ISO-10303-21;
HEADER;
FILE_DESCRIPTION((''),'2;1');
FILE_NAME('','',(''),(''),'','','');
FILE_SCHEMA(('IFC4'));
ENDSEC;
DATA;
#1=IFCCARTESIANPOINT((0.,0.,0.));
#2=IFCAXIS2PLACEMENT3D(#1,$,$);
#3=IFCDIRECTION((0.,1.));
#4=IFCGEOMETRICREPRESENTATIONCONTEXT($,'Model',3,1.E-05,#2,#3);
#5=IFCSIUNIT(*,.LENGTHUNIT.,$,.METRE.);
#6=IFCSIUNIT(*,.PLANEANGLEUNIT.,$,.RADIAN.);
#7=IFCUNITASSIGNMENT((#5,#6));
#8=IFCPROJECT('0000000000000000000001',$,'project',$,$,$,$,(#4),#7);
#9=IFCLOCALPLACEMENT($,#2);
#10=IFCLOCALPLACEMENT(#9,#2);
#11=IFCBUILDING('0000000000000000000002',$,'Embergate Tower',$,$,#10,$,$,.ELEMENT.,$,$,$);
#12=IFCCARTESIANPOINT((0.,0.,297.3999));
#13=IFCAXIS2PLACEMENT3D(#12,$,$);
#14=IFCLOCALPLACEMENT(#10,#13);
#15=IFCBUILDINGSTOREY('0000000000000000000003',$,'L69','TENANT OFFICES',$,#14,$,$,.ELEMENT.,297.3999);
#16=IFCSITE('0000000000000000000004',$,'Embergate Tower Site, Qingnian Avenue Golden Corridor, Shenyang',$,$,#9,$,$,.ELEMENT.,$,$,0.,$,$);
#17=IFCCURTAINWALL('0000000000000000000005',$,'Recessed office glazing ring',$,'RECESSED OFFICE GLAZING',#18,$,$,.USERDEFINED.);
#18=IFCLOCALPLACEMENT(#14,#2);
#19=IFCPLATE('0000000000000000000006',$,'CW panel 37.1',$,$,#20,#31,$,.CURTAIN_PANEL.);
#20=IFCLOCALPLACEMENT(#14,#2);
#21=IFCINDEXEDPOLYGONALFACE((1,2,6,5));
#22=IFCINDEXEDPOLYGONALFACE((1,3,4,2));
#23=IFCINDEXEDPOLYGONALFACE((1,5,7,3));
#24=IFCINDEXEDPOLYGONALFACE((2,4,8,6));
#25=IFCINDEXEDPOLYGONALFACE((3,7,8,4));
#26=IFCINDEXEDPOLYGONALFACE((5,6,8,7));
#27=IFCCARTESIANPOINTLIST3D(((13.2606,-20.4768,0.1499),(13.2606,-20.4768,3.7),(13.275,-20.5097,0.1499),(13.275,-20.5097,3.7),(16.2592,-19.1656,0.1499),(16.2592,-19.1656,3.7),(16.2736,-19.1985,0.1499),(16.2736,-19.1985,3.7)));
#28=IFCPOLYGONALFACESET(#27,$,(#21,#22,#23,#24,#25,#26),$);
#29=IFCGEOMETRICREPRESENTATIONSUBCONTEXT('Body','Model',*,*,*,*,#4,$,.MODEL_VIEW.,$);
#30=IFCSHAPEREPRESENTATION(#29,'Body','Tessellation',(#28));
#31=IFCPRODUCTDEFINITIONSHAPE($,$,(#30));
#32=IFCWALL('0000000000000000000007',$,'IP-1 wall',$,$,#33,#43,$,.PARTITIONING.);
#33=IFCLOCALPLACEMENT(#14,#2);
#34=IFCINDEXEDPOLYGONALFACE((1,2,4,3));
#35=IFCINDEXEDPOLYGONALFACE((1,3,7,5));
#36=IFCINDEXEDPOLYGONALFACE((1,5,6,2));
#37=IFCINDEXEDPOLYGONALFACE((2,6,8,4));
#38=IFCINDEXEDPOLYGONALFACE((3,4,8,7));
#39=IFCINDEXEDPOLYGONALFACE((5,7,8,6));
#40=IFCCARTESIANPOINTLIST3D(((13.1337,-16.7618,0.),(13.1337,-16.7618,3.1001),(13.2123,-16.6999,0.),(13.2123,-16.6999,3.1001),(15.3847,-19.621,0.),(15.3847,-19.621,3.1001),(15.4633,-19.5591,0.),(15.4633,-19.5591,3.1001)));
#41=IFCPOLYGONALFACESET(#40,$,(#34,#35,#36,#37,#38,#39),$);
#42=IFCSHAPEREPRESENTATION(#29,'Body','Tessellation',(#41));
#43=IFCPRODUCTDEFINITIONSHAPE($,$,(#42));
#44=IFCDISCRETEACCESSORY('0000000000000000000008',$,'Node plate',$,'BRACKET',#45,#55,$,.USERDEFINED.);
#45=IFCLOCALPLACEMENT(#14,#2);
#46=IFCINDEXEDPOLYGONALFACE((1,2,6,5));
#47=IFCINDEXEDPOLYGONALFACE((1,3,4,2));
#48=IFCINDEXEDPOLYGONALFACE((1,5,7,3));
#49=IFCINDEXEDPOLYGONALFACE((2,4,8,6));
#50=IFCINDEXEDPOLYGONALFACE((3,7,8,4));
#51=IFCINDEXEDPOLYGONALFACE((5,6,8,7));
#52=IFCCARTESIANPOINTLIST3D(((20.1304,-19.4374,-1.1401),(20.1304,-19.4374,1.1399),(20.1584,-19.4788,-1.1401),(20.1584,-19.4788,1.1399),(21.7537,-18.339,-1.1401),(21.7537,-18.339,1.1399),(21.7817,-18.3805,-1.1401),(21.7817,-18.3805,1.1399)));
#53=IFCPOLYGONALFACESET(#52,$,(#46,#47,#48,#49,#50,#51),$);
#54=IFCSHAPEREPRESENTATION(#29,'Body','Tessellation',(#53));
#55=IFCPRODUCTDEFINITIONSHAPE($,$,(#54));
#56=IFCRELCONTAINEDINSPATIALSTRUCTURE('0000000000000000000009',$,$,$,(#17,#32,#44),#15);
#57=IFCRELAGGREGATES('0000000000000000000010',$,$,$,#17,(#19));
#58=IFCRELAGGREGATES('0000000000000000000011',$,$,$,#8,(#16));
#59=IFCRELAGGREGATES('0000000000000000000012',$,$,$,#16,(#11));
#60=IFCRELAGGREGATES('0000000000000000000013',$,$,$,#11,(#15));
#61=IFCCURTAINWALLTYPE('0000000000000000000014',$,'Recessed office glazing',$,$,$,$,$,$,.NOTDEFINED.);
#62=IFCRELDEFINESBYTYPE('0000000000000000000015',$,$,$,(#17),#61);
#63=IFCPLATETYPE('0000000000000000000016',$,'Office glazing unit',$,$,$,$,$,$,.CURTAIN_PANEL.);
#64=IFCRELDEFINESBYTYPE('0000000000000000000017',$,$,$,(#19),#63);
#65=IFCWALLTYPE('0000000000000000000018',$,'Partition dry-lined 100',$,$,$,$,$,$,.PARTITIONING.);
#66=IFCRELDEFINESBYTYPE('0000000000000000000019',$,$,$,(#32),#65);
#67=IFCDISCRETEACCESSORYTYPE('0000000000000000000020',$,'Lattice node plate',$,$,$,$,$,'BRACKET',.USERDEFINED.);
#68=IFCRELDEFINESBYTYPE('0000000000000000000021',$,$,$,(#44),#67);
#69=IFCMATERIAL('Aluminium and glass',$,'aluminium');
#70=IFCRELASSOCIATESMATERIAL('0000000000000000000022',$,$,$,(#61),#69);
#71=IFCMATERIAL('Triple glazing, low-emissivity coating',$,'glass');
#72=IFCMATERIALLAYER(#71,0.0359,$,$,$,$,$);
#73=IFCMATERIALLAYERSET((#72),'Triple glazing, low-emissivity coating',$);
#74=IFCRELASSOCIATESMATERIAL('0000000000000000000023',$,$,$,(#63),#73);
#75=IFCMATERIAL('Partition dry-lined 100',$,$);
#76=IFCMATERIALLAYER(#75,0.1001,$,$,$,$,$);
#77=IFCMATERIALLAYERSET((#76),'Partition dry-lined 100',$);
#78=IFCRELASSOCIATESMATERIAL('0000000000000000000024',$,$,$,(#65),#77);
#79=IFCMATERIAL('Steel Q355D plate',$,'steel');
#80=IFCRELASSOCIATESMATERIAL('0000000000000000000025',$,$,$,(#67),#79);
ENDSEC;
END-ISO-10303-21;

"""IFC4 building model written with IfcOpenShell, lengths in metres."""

from ifc_helpers import new_model, si_unit, direction, frame, frame_2d, origin, origin_2d, place, context, subcontext, project, spatial, rectangle, extrude, source, transform, mapped, material, layer, layer_set, type_object, element, aggregate, save


model = new_model("IFC4")

# Units and contexts
model_context = context("Model", 3, precision=1e-05, world=origin(), true_north=direction((0.0, 1.0)))
body_context = subcontext(model_context, "Body", "Model", "MODEL_VIEW")
ifc_project = project(units=[si_unit("LENGTHUNIT", "METRE"), si_unit("PLANEANGLEUNIT", "RADIAN")], contexts=[model_context])

# Site, building, storey
site_placement = place(None, origin())
site = spatial("IfcSite", under=ifc_project, at=site_placement, Name="Embergate Tower Site, Qingnian Avenue Golden Corridor, Shenyang", CompositionType="ELEMENT", RefElevation=0.0)
building_placement = place(site_placement, origin())
building = spatial("IfcBuilding", under=site, at=building_placement, Name="Embergate Tower", CompositionType="ELEMENT")
storey_placement = place(building_placement, frame((0.0, 0.0, 297.3999)))
storey = spatial("IfcBuildingStorey", under=building, at=storey_placement, Name="L69", Description="TENANT OFFICES", CompositionType="ELEMENT", Elevation=297.3999)

# Curtain wall, plate
ifc_material_1 = material(Name="Aluminium and glass", Category="aluminium")
curtain_wall_type = type_object("IfcCurtainWallType", Name="Recessed office glazing", PredefinedType="NOTDEFINED", material=ifc_material_1)
curtain_wall_placement = place(storey_placement, origin())
curtain_wall = element("IfcCurtainWall", 1, at=curtain_wall_placement, inside=storey, type_object=curtain_wall_type, Name="Recessed office glazing ring", ObjectType="RECESSED OFFICE GLAZING", PredefinedType="USERDEFINED")
ifc_material_2 = material(Name="Triple glazing, low-emissivity coating", Category="glass")
ifc_layer_1 = layer(ifc_material_2, 0.0359)
ifc_layer_set_1 = layer_set([ifc_layer_1], Name="Triple glazing, low-emissivity coating")
plate_type = type_object("IfcPlateType", Name="Office glazing unit", PredefinedType="CURTAIN_PANEL", material=ifc_layer_set_1)
shared_shape_1 = source(origin(), body_context, "Body", "SweptSolid", [
    extrude(rectangle(XDim=3.2727, YDim=0.0359, at=origin_2d()), origin(), (0.0, 0.0, 1.0), 3.55),
])
plate_1_placement = place(storey_placement, frame((14.7671, -19.8376, 0.1499), z_axis=(0.0, 0.0, 1.0), x_axis=(0.916235, 0.400642, 0.0)))
plate_1 = element("IfcPlate", 2, at=plate_1_placement, type_object=plate_type, Name="CW panel 37.1", PredefinedType="CURTAIN_PANEL", context=body_context, shape_type="MappedRepresentation", body=[
    mapped(shared_shape_1, transform((0.0, 0.0, 0.0))),
])
aggregate(curtain_wall, [plate_1])

# Wall
ifc_material_3 = material(Name="Partition dry-lined 100")
ifc_layer_2 = layer(ifc_material_3, 0.1001)
ifc_layer_set_2 = layer_set([ifc_layer_2], Name="Partition dry-lined 100")
wall_type = type_object("IfcWallType", Name="Partition dry-lined 100", PredefinedType="PARTITIONING", material=ifc_layer_set_2)
shared_shape_2 = source(origin(), body_context, "Body", "SweptSolid", [
    extrude(rectangle(XDim=3.6389, YDim=0.1001, at=frame_2d((1.8193, 0.0))), origin(), (0.0, 0.0, 1.0), 3.1001),
])
wall_placement = place(storey_placement, frame((13.1731, -16.731, 0.0), z_axis=(0.0, 0.0, 1.0), x_axis=(0.618589, -0.785715, 0.0)))
element("IfcWall", 3, at=wall_placement, inside=storey, type_object=wall_type, Name="IP-1 wall", PredefinedType="PARTITIONING", context=body_context, shape_type="MappedRepresentation", body=[
    mapped(shared_shape_2, transform((0.0, 0.0, 0.0))),
])

# Discrete accessory
ifc_material_4 = material(Name="Steel Q355D plate", Category="steel")
discrete_accessory_type = type_object("IfcDiscreteAccessoryType", Name="Lattice node plate", ElementType="BRACKET", PredefinedType="USERDEFINED", material=ifc_material_4)
shared_shape_3 = source(origin(), body_context, "Body", "SweptSolid", [
    extrude(rectangle(XDim=1.96, YDim=0.05, at=origin_2d()), origin(), (0.0, 0.0, 1.0), 2.28),
])
discrete_accessory_placement = place(storey_placement, frame((20.9561, -18.9089, -1.1401), z_axis=(0.0, 0.0, 1.0), x_axis=(0.828227, 0.560393, 0.0)))
element("IfcDiscreteAccessory", 4, at=discrete_accessory_placement, inside=storey, type_object=discrete_accessory_type, Name="Node plate", ObjectType="BRACKET", PredefinedType="USERDEFINED", context=body_context, shape_type="MappedRepresentation", body=[
    mapped(shared_shape_3, transform((0.0, 0.0, 0.0))),
])

save(model, "model.ifc")
